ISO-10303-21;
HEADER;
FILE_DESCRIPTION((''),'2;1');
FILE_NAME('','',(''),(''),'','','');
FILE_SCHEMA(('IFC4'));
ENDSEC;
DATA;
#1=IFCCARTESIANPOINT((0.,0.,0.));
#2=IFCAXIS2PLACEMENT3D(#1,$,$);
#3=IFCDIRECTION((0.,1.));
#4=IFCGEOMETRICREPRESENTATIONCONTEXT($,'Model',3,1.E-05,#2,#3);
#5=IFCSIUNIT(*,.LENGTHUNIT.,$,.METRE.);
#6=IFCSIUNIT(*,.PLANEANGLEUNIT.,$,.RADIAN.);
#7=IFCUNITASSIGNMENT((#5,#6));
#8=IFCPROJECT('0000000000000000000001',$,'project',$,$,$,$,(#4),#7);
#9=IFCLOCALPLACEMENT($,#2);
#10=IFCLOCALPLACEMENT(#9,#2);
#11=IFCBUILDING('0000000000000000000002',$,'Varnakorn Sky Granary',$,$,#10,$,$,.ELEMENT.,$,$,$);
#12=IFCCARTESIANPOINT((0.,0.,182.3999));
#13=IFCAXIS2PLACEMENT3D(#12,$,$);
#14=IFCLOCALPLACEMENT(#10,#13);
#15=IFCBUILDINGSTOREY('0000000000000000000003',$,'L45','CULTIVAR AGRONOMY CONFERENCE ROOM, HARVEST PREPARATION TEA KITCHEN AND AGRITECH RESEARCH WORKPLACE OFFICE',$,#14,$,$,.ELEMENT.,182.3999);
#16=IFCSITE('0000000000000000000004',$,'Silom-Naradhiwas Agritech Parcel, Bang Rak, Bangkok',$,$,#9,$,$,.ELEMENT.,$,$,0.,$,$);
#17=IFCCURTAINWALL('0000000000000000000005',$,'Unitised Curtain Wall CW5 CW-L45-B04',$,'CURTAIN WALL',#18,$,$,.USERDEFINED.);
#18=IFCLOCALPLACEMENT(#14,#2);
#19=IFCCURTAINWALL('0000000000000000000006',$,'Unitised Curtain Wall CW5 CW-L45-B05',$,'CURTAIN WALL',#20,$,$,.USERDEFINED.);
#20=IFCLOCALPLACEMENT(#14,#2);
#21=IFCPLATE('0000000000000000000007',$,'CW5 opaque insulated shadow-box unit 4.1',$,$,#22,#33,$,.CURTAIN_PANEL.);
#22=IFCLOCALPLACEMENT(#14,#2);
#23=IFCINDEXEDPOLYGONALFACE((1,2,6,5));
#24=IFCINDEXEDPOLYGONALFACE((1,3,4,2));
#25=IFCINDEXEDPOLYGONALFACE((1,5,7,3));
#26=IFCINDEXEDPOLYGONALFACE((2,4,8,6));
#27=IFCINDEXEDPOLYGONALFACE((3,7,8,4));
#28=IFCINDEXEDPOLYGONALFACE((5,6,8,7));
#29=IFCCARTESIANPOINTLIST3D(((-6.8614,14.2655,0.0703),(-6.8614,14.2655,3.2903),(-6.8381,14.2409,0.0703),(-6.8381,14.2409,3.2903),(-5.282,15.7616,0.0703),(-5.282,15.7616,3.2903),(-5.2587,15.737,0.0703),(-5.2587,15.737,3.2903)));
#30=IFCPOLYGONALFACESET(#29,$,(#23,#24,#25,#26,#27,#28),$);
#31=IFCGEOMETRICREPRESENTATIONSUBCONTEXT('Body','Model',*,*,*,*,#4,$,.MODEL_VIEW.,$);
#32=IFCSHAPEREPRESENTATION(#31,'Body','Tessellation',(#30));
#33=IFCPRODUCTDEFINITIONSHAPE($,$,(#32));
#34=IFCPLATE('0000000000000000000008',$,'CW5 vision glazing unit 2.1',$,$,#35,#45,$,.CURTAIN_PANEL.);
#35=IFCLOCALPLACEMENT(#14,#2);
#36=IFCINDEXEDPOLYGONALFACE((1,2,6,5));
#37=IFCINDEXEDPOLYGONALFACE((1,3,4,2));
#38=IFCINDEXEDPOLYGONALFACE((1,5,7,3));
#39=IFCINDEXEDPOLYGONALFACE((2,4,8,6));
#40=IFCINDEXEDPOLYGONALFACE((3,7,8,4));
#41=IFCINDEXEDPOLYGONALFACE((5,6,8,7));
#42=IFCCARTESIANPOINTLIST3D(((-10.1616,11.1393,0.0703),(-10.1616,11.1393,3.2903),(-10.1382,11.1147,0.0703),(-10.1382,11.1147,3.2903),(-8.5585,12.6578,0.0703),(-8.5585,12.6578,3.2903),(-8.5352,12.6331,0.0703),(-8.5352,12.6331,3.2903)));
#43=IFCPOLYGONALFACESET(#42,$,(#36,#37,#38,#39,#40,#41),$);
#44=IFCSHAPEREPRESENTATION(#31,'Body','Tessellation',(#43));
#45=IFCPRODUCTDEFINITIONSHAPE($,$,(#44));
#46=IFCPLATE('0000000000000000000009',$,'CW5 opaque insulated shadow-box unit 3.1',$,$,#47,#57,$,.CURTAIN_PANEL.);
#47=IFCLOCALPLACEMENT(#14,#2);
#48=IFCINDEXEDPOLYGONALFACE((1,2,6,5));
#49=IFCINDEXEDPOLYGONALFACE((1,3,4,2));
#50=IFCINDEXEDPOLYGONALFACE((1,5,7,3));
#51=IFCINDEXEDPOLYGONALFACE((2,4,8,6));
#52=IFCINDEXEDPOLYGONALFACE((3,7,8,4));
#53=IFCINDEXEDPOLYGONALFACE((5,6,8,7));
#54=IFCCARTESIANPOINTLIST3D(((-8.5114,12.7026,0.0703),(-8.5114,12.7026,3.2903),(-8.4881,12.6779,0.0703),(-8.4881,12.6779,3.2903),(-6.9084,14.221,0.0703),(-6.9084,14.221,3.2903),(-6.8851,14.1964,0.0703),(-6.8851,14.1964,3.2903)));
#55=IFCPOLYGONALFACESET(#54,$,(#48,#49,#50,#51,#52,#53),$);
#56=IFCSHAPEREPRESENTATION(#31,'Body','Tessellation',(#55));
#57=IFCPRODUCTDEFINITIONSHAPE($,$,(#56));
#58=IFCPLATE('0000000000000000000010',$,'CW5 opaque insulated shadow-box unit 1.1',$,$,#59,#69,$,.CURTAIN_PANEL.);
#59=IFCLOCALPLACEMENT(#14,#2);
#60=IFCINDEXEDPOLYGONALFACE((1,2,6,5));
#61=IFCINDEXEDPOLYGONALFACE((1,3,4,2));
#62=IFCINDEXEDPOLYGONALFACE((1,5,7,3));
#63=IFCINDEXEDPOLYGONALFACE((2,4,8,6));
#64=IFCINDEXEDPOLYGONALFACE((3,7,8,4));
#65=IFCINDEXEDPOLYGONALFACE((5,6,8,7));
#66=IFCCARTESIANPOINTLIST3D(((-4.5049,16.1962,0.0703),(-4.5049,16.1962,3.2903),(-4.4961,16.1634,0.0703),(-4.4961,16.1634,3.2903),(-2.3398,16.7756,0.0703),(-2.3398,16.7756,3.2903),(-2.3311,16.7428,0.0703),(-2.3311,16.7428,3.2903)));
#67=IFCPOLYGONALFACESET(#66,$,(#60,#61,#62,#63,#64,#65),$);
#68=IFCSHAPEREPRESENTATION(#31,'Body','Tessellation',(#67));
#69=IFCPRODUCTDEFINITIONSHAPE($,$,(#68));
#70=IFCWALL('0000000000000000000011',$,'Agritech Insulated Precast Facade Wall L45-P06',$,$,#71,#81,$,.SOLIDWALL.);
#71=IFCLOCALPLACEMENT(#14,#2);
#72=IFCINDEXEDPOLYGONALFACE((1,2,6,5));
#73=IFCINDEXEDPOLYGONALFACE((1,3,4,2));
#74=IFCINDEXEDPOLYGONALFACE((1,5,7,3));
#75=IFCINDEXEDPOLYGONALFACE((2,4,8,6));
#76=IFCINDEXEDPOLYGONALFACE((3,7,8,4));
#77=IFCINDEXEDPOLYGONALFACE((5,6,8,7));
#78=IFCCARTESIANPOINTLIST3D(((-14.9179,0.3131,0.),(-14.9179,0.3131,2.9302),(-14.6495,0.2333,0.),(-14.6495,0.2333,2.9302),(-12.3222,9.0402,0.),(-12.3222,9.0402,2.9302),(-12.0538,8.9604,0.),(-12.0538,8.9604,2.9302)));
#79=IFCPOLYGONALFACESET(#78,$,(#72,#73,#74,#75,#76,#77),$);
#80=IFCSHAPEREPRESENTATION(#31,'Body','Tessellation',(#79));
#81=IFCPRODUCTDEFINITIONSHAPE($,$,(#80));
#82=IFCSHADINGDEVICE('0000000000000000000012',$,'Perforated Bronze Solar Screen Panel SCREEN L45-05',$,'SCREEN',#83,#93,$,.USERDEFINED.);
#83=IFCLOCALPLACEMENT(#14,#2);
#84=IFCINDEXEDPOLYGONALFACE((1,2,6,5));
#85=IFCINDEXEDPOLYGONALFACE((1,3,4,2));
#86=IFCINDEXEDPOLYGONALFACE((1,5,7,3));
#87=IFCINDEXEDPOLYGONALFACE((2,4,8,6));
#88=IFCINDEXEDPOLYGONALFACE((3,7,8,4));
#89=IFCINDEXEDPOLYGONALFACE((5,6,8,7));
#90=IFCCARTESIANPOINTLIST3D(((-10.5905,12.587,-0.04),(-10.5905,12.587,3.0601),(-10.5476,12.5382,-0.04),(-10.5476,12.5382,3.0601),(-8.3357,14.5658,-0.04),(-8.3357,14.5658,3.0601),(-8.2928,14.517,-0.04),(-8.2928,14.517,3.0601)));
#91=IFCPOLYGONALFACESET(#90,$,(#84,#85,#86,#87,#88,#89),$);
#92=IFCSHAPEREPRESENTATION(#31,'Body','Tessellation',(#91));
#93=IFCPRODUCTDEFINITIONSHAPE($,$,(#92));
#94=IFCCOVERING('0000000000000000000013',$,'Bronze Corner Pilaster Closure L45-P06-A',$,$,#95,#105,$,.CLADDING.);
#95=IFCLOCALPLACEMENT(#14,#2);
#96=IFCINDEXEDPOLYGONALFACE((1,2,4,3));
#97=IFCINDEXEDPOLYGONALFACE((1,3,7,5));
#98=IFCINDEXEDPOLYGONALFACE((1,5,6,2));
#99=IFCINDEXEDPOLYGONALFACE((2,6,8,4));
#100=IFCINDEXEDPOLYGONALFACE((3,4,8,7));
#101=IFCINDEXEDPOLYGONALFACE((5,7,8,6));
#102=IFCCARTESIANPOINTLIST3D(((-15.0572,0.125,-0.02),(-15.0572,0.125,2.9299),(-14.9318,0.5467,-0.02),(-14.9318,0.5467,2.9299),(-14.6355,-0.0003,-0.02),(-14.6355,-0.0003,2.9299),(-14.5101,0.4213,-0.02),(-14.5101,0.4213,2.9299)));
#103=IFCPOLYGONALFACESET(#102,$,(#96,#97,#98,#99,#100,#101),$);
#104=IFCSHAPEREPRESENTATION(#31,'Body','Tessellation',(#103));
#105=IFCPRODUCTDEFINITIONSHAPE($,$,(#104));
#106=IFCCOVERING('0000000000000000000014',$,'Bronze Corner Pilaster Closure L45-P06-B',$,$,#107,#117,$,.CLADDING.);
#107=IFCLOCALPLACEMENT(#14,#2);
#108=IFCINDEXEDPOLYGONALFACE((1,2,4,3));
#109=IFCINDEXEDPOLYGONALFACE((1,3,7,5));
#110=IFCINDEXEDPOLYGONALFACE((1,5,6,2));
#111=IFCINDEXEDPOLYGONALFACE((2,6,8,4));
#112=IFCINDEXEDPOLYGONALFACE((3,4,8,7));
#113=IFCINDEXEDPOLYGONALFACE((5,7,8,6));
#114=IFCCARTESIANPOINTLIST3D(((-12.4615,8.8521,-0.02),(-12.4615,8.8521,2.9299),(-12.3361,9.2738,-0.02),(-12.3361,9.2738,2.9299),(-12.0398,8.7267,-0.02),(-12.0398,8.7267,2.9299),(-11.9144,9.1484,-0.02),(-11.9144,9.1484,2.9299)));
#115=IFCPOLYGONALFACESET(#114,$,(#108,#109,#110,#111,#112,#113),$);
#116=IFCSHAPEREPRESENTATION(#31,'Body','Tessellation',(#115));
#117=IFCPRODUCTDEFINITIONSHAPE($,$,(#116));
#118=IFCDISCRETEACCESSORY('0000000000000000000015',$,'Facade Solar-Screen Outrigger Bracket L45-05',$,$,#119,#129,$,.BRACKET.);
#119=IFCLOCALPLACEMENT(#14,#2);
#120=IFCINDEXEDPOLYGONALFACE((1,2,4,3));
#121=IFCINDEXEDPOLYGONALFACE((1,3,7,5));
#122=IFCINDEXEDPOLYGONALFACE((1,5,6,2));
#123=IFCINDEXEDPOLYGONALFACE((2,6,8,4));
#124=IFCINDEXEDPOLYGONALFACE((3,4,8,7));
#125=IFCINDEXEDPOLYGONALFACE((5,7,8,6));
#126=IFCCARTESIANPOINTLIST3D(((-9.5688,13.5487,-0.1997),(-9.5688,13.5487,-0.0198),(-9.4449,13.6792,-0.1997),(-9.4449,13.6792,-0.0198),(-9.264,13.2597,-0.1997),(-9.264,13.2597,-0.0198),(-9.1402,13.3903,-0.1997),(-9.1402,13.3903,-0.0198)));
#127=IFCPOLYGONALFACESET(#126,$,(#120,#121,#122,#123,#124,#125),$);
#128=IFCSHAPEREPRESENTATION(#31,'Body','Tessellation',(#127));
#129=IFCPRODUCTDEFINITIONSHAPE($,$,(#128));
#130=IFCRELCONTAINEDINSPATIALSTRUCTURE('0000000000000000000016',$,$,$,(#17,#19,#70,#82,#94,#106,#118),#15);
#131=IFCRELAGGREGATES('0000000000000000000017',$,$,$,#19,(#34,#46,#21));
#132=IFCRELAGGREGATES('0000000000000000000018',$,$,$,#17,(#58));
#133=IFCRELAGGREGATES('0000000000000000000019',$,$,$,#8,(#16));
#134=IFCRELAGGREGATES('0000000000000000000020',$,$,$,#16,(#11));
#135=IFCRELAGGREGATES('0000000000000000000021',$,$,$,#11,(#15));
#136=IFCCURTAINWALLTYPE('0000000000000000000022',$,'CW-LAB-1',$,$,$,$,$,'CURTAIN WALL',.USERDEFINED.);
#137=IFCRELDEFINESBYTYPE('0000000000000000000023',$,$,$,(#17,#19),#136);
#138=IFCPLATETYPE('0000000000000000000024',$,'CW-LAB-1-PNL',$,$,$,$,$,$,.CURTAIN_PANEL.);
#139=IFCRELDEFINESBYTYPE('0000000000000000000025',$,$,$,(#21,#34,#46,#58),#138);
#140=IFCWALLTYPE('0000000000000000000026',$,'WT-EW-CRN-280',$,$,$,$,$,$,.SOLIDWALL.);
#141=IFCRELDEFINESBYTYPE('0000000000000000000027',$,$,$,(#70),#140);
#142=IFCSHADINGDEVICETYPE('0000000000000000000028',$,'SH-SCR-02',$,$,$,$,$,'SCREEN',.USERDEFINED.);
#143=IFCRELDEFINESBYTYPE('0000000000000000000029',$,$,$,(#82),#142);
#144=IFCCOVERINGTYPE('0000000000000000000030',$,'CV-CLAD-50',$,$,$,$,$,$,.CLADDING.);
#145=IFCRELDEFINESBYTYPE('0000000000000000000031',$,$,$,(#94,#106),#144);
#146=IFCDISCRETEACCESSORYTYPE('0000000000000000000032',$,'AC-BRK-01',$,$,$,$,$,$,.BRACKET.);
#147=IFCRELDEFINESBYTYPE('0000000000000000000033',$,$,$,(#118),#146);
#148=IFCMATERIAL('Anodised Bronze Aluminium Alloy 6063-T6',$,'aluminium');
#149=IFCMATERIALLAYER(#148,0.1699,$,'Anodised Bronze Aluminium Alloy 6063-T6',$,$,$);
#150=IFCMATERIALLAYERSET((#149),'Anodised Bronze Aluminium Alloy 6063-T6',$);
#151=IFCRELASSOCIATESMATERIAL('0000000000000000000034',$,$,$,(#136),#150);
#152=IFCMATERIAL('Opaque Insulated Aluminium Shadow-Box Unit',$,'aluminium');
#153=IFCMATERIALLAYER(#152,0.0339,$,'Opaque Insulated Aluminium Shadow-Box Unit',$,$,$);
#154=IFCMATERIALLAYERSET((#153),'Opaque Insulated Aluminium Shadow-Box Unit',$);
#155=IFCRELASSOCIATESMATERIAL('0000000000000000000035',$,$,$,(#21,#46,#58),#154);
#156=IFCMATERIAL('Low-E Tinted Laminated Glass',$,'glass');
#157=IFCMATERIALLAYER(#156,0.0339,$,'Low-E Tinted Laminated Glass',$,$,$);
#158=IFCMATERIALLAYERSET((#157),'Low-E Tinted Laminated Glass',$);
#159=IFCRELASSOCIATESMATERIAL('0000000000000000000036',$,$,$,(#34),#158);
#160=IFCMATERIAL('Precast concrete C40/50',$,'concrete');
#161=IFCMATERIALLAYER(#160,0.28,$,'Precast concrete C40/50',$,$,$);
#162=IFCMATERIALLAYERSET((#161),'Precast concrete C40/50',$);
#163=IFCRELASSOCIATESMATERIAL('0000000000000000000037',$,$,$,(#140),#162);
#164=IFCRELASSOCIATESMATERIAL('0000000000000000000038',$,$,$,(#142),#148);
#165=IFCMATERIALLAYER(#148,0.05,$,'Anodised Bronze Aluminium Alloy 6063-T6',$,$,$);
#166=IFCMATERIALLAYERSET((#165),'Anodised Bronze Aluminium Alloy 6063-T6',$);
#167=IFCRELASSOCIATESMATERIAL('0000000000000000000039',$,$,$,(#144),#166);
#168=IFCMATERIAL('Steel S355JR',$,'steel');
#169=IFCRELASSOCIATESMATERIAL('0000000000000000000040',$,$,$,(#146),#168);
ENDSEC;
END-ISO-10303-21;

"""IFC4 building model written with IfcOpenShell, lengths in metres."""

from ifc_helpers import new_model, si_unit, direction, frame, frame_2d, origin, origin_2d, place, context, subcontext, project, spatial, rectangle, extrude, source, transform, mapped, material, layer, layer_set, type_object, type_shapes, element, aggregate, save


model = new_model("IFC4")

# Units and contexts
model_context = context("Model", 3, precision=1e-05, world=origin(), true_north=direction((0.0, 1.0)))
body_context = subcontext(model_context, "Body", "Model", "MODEL_VIEW")
ifc_project = project(units=[si_unit("LENGTHUNIT", "METRE"), si_unit("PLANEANGLEUNIT", "RADIAN")], contexts=[model_context])

# Site, building, storey
site_placement = place(None, origin())
site = spatial("IfcSite", under=ifc_project, at=site_placement, Name="Silom-Naradhiwas Agritech Parcel, Bang Rak, Bangkok", CompositionType="ELEMENT", RefElevation=0.0)
building_placement = place(site_placement, origin())
building = spatial("IfcBuilding", under=site, at=building_placement, Name="Varnakorn Sky Granary", CompositionType="ELEMENT")
storey_placement = place(building_placement, frame((0.0, 0.0, 182.3999)))
storey = spatial("IfcBuildingStorey", under=building, at=storey_placement, Name="L45", Description="CULTIVAR AGRONOMY CONFERENCE ROOM, HARVEST PREPARATION TEA KITCHEN AND AGRITECH RESEARCH WORKPLACE OFFICE", CompositionType="ELEMENT", Elevation=182.3999)

# Shared definitions
ifc_material_1 = material(Name="Steel S355JR", Category="steel")

# Curtain wall
ifc_material_2 = material(Name="Anodised Bronze Aluminium Alloy 6063-T6", Category="aluminium")
ifc_layer_1 = layer(ifc_material_2, 0.1699, Name="Anodised Bronze Aluminium Alloy 6063-T6")
ifc_layer_set_1 = layer_set([ifc_layer_1], Name="Anodised Bronze Aluminium Alloy 6063-T6")
curtain_wall_type = type_object("IfcCurtainWallType", Name="CW-LAB-1", ElementType="CURTAIN WALL", PredefinedType="USERDEFINED", material=ifc_layer_set_1)
curtain_wall_1_placement = place(storey_placement, origin())
curtain_wall_1 = element("IfcCurtainWall", 1, at=curtain_wall_1_placement, inside=storey, type_object=curtain_wall_type, Name="Unitised Curtain Wall CW5 CW-L45-B04", ObjectType="CURTAIN WALL", PredefinedType="USERDEFINED")

# Curtain wall
curtain_wall_2_placement = place(storey_placement, origin())
curtain_wall_2 = element("IfcCurtainWall", 2, at=curtain_wall_2_placement, inside=storey, type_object=curtain_wall_type, Name="Unitised Curtain Wall CW5 CW-L45-B05", ObjectType="CURTAIN WALL", PredefinedType="USERDEFINED")

# Plates
ifc_material_3 = material(Name="Low-E Tinted Laminated Glass", Category="glass")
ifc_layer_2 = layer(ifc_material_3, 0.0339, Name="Low-E Tinted Laminated Glass")
ifc_layer_set_2 = layer_set([ifc_layer_2], Name="Low-E Tinted Laminated Glass")
plate_type_1 = type_object("IfcPlateType", Name="CW-LAB-1-PNL", PredefinedType="CURTAIN_PANEL")
shared_shape_1 = source(origin(), body_context, "Body", "SweptSolid", [
    extrude(rectangle(XDim=2.1755, YDim=0.0339, at=origin_2d()), origin(), (0.0, 0.0, 1.0), 3.22),
])
ifc_material_4 = material(Name="Opaque Insulated Aluminium Shadow-Box Unit", Category="aluminium")
ifc_layer_3 = layer(ifc_material_4, 0.0339, Name="Opaque Insulated Aluminium Shadow-Box Unit")
ifc_layer_set_3 = layer_set([ifc_layer_3], Name="Opaque Insulated Aluminium Shadow-Box Unit")
plate_1_placement = place(storey_placement, frame((-6.0601, 15.0012, 0.0703), z_axis=(0.0, 0.0, 1.0), x_axis=(0.726002, 0.687692, 0.0)))
plate_1 = element("IfcPlate", 3, at=plate_1_placement, type_object=plate_type_1, material=ifc_layer_set_3, Name="CW5 opaque insulated shadow-box unit 4.1", PredefinedType="CURTAIN_PANEL", context=body_context, shape_type="MappedRepresentation", body=[
    mapped(shared_shape_1, transform((0.0, 0.0, 0.0), x_axis=(1.0, 0.0, 0.0), y_axis=(0.0, 1.0, 0.0), z_axis=(0.0, 0.0, 1.0), scale=1.0)),
])
shared_shape_2 = source(origin(), body_context, "Body", "SweptSolid", [
    extrude(rectangle(XDim=2.208, YDim=0.0339, at=origin_2d()), origin(), (0.0, 0.0, 1.0), 3.22),
])
plate_2_placement = place(storey_placement, frame((-9.3484, 11.8862, 0.0703), z_axis=(0.0, 0.0, 1.0), x_axis=(0.726002, 0.687692, 0.0)))
plate_2 = element("IfcPlate", 4, at=plate_2_placement, type_object=plate_type_1, material=ifc_layer_set_2, Name="CW5 vision glazing unit 2.1", PredefinedType="CURTAIN_PANEL", context=body_context, shape_type="MappedRepresentation", body=[
    mapped(shared_shape_2, transform((0.0, 0.0, 0.0), x_axis=(1.0, 0.0, 0.0), y_axis=(0.0, 1.0, 0.0), z_axis=(0.0, 0.0, 1.0), scale=1.0)),
])
plate_3_placement = place(storey_placement, frame((-7.6982, 13.4495, 0.0703), z_axis=(0.0, 0.0, 1.0), x_axis=(0.726002, 0.687692, 0.0)))
plate_3 = element("IfcPlate", 5, at=plate_3_placement, type_object=plate_type_1, material=ifc_layer_set_3, Name="CW5 opaque insulated shadow-box unit 3.1", PredefinedType="CURTAIN_PANEL", context=body_context, shape_type="MappedRepresentation", body=[
    mapped(shared_shape_2, transform((0.0, 0.0, 0.0), x_axis=(1.0, 0.0, 0.0), y_axis=(0.0, 1.0, 0.0), z_axis=(0.0, 0.0, 1.0), scale=1.0)),
])
aggregate(curtain_wall_2, [plate_2, plate_3, plate_1])
shared_shape_3 = source(origin(), body_context, "Body", "SweptSolid", [
    extrude(rectangle(XDim=2.2412, YDim=0.0339, at=origin_2d()), origin(), (0.0, 0.0, 1.0), 3.22),
])
type_shapes(plate_type_1, [shared_shape_1, shared_shape_2, shared_shape_3])
plate_4_placement = place(storey_placement, frame((-3.418, 16.4695, 0.0703), z_axis=(0.0, 0.0, 1.0), x_axis=(0.96601, 0.258505, 0.0)))
plate_4 = element("IfcPlate", 6, at=plate_4_placement, type_object=plate_type_1, material=ifc_layer_set_3, Name="CW5 opaque insulated shadow-box unit 1.1", PredefinedType="CURTAIN_PANEL", context=body_context, shape_type="MappedRepresentation", body=[
    mapped(shared_shape_3, transform((0.0, 0.0, 0.0), x_axis=(1.0, 0.0, 0.0), y_axis=(0.0, 1.0, 0.0), z_axis=(0.0, 0.0, 1.0), scale=1.0)),
])
aggregate(curtain_wall_1, [plate_4])

# Wall
ifc_material_5 = material(Name="Precast concrete C40/50", Category="concrete")
ifc_layer_4 = layer(ifc_material_5, 0.28, Name="Precast concrete C40/50")
ifc_layer_set_4 = layer_set([ifc_layer_4], Name="Precast concrete C40/50")
wall_type = type_object("IfcWallType", Name="WT-EW-CRN-280", PredefinedType="SOLIDWALL", material=ifc_layer_set_4)
wall_placement = place(storey_placement, frame((-14.7837, 0.2732, 0.0), z_axis=(0.0, 0.0, 1.0), x_axis=(0.285089, 0.958501, 0.0)))
element("IfcWall", 7, at=wall_placement, inside=storey, type_object=wall_type, Name="Agritech Insulated Precast Facade Wall L45-P06", PredefinedType="SOLIDWALL", context=body_context, shape_type="SweptSolid", body=[
    extrude(rectangle(XDim=9.105, YDim=0.28, at=frame_2d((4.5525, 0.0))), origin(), (0.0, 0.0, 1.0), 2.9302),
])

# Shading device
shading_device_type = type_object("IfcShadingDeviceType", Name="SH-SCR-02", ElementType="SCREEN", PredefinedType="USERDEFINED", material=ifc_material_2)
shared_shape_4 = source(origin(), body_context, "Body", "SweptSolid", [
    extrude(rectangle(XDim=3.0, YDim=0.0649, at=origin_2d()), origin(), (0.0, 0.0, 1.0), 3.1001),
])
type_shapes(shading_device_type, [shared_shape_4])
shading_device_placement = place(storey_placement, frame((-9.4417, 13.552, -0.04), z_axis=(0.0, 0.0, 1.0), x_axis=(-0.751594, -0.659626, 0.0)))
element("IfcShadingDevice", 8, at=shading_device_placement, inside=storey, type_object=shading_device_type, Name="Perforated Bronze Solar Screen Panel SCREEN L45-05", ObjectType="SCREEN", PredefinedType="USERDEFINED", context=body_context, shape_type="MappedRepresentation", body=[
    mapped(shared_shape_4, transform((0.0, 0.0, 0.0), x_axis=(1.0, 0.0, 0.0), y_axis=(0.0, 1.0, 0.0), z_axis=(0.0, 0.0, 1.0), scale=1.0)),
])

# Coverings
ifc_layer_5 = layer(ifc_material_2, 0.05, Name="Anodised Bronze Aluminium Alloy 6063-T6")
ifc_layer_set_5 = layer_set([ifc_layer_5], Name="Anodised Bronze Aluminium Alloy 6063-T6")
covering_type = type_object("IfcCoveringType", Name="CV-CLAD-50", PredefinedType="CLADDING", material=ifc_layer_set_5)
shared_shape_5 = source(origin(), body_context, "Body", "SweptSolid", [
    extrude(rectangle(XDim=0.4399, YDim=0.4399, at=origin_2d()), origin(), (0.0, 0.0, 1.0), 2.95),
])
type_shapes(covering_type, [shared_shape_5])
for number, where, z_axis, x_axis, name in (
    (9, (-14.7837, 0.2732, -0.02), (0.0, 0.0, 1.0), (0.285019, 0.958522, 0.0), "Bronze Corner Pilaster Closure L45-P06-A"),
    (10, (-12.188, 9.0002, -0.02), (0.0, 0.0, 1.0), (0.285019, 0.958522, 0.0), "Bronze Corner Pilaster Closure L45-P06-B"),
):
    element("IfcCovering", number, at=place(storey_placement, frame(where, z_axis=z_axis, x_axis=x_axis)), inside=storey, type_object=covering_type, Name=name, PredefinedType="CLADDING", context=body_context, shape_type="MappedRepresentation", body=[
        mapped(shared_shape_5, transform((0.0, 0.0, 0.0), x_axis=(1.0, 0.0, 0.0), y_axis=(0.0, 1.0, 0.0), z_axis=(0.0, 0.0, 1.0), scale=1.0)),
    ])

# Discrete accessory
discrete_accessory_type = type_object("IfcDiscreteAccessoryType", Name="AC-BRK-01", PredefinedType="BRACKET", material=ifc_material_1)
shared_shape_6 = source(origin(), body_context, "Body", "SweptSolid", [
    extrude(rectangle(XDim=0.1799, YDim=0.4199, at=origin_2d()), origin(), (0.0, 0.0, 1.0), 0.1799),
])
type_shapes(discrete_accessory_type, [shared_shape_6])
discrete_accessory_placement = place(storey_placement, frame((-9.3545, 13.4695, -0.1997), z_axis=(0.0, 0.0, 1.0), x_axis=(-0.688084, -0.725631, 0.0)))
element("IfcDiscreteAccessory", 11, at=discrete_accessory_placement, inside=storey, type_object=discrete_accessory_type, Name="Facade Solar-Screen Outrigger Bracket L45-05", PredefinedType="BRACKET", context=body_context, shape_type="MappedRepresentation", body=[
    mapped(shared_shape_6, transform((0.0, 0.0, 0.0), x_axis=(1.0, 0.0, 0.0), y_axis=(0.0, 1.0, 0.0), z_axis=(0.0, 0.0, 1.0), scale=1.0)),
])

save(model, "model.ifc")
